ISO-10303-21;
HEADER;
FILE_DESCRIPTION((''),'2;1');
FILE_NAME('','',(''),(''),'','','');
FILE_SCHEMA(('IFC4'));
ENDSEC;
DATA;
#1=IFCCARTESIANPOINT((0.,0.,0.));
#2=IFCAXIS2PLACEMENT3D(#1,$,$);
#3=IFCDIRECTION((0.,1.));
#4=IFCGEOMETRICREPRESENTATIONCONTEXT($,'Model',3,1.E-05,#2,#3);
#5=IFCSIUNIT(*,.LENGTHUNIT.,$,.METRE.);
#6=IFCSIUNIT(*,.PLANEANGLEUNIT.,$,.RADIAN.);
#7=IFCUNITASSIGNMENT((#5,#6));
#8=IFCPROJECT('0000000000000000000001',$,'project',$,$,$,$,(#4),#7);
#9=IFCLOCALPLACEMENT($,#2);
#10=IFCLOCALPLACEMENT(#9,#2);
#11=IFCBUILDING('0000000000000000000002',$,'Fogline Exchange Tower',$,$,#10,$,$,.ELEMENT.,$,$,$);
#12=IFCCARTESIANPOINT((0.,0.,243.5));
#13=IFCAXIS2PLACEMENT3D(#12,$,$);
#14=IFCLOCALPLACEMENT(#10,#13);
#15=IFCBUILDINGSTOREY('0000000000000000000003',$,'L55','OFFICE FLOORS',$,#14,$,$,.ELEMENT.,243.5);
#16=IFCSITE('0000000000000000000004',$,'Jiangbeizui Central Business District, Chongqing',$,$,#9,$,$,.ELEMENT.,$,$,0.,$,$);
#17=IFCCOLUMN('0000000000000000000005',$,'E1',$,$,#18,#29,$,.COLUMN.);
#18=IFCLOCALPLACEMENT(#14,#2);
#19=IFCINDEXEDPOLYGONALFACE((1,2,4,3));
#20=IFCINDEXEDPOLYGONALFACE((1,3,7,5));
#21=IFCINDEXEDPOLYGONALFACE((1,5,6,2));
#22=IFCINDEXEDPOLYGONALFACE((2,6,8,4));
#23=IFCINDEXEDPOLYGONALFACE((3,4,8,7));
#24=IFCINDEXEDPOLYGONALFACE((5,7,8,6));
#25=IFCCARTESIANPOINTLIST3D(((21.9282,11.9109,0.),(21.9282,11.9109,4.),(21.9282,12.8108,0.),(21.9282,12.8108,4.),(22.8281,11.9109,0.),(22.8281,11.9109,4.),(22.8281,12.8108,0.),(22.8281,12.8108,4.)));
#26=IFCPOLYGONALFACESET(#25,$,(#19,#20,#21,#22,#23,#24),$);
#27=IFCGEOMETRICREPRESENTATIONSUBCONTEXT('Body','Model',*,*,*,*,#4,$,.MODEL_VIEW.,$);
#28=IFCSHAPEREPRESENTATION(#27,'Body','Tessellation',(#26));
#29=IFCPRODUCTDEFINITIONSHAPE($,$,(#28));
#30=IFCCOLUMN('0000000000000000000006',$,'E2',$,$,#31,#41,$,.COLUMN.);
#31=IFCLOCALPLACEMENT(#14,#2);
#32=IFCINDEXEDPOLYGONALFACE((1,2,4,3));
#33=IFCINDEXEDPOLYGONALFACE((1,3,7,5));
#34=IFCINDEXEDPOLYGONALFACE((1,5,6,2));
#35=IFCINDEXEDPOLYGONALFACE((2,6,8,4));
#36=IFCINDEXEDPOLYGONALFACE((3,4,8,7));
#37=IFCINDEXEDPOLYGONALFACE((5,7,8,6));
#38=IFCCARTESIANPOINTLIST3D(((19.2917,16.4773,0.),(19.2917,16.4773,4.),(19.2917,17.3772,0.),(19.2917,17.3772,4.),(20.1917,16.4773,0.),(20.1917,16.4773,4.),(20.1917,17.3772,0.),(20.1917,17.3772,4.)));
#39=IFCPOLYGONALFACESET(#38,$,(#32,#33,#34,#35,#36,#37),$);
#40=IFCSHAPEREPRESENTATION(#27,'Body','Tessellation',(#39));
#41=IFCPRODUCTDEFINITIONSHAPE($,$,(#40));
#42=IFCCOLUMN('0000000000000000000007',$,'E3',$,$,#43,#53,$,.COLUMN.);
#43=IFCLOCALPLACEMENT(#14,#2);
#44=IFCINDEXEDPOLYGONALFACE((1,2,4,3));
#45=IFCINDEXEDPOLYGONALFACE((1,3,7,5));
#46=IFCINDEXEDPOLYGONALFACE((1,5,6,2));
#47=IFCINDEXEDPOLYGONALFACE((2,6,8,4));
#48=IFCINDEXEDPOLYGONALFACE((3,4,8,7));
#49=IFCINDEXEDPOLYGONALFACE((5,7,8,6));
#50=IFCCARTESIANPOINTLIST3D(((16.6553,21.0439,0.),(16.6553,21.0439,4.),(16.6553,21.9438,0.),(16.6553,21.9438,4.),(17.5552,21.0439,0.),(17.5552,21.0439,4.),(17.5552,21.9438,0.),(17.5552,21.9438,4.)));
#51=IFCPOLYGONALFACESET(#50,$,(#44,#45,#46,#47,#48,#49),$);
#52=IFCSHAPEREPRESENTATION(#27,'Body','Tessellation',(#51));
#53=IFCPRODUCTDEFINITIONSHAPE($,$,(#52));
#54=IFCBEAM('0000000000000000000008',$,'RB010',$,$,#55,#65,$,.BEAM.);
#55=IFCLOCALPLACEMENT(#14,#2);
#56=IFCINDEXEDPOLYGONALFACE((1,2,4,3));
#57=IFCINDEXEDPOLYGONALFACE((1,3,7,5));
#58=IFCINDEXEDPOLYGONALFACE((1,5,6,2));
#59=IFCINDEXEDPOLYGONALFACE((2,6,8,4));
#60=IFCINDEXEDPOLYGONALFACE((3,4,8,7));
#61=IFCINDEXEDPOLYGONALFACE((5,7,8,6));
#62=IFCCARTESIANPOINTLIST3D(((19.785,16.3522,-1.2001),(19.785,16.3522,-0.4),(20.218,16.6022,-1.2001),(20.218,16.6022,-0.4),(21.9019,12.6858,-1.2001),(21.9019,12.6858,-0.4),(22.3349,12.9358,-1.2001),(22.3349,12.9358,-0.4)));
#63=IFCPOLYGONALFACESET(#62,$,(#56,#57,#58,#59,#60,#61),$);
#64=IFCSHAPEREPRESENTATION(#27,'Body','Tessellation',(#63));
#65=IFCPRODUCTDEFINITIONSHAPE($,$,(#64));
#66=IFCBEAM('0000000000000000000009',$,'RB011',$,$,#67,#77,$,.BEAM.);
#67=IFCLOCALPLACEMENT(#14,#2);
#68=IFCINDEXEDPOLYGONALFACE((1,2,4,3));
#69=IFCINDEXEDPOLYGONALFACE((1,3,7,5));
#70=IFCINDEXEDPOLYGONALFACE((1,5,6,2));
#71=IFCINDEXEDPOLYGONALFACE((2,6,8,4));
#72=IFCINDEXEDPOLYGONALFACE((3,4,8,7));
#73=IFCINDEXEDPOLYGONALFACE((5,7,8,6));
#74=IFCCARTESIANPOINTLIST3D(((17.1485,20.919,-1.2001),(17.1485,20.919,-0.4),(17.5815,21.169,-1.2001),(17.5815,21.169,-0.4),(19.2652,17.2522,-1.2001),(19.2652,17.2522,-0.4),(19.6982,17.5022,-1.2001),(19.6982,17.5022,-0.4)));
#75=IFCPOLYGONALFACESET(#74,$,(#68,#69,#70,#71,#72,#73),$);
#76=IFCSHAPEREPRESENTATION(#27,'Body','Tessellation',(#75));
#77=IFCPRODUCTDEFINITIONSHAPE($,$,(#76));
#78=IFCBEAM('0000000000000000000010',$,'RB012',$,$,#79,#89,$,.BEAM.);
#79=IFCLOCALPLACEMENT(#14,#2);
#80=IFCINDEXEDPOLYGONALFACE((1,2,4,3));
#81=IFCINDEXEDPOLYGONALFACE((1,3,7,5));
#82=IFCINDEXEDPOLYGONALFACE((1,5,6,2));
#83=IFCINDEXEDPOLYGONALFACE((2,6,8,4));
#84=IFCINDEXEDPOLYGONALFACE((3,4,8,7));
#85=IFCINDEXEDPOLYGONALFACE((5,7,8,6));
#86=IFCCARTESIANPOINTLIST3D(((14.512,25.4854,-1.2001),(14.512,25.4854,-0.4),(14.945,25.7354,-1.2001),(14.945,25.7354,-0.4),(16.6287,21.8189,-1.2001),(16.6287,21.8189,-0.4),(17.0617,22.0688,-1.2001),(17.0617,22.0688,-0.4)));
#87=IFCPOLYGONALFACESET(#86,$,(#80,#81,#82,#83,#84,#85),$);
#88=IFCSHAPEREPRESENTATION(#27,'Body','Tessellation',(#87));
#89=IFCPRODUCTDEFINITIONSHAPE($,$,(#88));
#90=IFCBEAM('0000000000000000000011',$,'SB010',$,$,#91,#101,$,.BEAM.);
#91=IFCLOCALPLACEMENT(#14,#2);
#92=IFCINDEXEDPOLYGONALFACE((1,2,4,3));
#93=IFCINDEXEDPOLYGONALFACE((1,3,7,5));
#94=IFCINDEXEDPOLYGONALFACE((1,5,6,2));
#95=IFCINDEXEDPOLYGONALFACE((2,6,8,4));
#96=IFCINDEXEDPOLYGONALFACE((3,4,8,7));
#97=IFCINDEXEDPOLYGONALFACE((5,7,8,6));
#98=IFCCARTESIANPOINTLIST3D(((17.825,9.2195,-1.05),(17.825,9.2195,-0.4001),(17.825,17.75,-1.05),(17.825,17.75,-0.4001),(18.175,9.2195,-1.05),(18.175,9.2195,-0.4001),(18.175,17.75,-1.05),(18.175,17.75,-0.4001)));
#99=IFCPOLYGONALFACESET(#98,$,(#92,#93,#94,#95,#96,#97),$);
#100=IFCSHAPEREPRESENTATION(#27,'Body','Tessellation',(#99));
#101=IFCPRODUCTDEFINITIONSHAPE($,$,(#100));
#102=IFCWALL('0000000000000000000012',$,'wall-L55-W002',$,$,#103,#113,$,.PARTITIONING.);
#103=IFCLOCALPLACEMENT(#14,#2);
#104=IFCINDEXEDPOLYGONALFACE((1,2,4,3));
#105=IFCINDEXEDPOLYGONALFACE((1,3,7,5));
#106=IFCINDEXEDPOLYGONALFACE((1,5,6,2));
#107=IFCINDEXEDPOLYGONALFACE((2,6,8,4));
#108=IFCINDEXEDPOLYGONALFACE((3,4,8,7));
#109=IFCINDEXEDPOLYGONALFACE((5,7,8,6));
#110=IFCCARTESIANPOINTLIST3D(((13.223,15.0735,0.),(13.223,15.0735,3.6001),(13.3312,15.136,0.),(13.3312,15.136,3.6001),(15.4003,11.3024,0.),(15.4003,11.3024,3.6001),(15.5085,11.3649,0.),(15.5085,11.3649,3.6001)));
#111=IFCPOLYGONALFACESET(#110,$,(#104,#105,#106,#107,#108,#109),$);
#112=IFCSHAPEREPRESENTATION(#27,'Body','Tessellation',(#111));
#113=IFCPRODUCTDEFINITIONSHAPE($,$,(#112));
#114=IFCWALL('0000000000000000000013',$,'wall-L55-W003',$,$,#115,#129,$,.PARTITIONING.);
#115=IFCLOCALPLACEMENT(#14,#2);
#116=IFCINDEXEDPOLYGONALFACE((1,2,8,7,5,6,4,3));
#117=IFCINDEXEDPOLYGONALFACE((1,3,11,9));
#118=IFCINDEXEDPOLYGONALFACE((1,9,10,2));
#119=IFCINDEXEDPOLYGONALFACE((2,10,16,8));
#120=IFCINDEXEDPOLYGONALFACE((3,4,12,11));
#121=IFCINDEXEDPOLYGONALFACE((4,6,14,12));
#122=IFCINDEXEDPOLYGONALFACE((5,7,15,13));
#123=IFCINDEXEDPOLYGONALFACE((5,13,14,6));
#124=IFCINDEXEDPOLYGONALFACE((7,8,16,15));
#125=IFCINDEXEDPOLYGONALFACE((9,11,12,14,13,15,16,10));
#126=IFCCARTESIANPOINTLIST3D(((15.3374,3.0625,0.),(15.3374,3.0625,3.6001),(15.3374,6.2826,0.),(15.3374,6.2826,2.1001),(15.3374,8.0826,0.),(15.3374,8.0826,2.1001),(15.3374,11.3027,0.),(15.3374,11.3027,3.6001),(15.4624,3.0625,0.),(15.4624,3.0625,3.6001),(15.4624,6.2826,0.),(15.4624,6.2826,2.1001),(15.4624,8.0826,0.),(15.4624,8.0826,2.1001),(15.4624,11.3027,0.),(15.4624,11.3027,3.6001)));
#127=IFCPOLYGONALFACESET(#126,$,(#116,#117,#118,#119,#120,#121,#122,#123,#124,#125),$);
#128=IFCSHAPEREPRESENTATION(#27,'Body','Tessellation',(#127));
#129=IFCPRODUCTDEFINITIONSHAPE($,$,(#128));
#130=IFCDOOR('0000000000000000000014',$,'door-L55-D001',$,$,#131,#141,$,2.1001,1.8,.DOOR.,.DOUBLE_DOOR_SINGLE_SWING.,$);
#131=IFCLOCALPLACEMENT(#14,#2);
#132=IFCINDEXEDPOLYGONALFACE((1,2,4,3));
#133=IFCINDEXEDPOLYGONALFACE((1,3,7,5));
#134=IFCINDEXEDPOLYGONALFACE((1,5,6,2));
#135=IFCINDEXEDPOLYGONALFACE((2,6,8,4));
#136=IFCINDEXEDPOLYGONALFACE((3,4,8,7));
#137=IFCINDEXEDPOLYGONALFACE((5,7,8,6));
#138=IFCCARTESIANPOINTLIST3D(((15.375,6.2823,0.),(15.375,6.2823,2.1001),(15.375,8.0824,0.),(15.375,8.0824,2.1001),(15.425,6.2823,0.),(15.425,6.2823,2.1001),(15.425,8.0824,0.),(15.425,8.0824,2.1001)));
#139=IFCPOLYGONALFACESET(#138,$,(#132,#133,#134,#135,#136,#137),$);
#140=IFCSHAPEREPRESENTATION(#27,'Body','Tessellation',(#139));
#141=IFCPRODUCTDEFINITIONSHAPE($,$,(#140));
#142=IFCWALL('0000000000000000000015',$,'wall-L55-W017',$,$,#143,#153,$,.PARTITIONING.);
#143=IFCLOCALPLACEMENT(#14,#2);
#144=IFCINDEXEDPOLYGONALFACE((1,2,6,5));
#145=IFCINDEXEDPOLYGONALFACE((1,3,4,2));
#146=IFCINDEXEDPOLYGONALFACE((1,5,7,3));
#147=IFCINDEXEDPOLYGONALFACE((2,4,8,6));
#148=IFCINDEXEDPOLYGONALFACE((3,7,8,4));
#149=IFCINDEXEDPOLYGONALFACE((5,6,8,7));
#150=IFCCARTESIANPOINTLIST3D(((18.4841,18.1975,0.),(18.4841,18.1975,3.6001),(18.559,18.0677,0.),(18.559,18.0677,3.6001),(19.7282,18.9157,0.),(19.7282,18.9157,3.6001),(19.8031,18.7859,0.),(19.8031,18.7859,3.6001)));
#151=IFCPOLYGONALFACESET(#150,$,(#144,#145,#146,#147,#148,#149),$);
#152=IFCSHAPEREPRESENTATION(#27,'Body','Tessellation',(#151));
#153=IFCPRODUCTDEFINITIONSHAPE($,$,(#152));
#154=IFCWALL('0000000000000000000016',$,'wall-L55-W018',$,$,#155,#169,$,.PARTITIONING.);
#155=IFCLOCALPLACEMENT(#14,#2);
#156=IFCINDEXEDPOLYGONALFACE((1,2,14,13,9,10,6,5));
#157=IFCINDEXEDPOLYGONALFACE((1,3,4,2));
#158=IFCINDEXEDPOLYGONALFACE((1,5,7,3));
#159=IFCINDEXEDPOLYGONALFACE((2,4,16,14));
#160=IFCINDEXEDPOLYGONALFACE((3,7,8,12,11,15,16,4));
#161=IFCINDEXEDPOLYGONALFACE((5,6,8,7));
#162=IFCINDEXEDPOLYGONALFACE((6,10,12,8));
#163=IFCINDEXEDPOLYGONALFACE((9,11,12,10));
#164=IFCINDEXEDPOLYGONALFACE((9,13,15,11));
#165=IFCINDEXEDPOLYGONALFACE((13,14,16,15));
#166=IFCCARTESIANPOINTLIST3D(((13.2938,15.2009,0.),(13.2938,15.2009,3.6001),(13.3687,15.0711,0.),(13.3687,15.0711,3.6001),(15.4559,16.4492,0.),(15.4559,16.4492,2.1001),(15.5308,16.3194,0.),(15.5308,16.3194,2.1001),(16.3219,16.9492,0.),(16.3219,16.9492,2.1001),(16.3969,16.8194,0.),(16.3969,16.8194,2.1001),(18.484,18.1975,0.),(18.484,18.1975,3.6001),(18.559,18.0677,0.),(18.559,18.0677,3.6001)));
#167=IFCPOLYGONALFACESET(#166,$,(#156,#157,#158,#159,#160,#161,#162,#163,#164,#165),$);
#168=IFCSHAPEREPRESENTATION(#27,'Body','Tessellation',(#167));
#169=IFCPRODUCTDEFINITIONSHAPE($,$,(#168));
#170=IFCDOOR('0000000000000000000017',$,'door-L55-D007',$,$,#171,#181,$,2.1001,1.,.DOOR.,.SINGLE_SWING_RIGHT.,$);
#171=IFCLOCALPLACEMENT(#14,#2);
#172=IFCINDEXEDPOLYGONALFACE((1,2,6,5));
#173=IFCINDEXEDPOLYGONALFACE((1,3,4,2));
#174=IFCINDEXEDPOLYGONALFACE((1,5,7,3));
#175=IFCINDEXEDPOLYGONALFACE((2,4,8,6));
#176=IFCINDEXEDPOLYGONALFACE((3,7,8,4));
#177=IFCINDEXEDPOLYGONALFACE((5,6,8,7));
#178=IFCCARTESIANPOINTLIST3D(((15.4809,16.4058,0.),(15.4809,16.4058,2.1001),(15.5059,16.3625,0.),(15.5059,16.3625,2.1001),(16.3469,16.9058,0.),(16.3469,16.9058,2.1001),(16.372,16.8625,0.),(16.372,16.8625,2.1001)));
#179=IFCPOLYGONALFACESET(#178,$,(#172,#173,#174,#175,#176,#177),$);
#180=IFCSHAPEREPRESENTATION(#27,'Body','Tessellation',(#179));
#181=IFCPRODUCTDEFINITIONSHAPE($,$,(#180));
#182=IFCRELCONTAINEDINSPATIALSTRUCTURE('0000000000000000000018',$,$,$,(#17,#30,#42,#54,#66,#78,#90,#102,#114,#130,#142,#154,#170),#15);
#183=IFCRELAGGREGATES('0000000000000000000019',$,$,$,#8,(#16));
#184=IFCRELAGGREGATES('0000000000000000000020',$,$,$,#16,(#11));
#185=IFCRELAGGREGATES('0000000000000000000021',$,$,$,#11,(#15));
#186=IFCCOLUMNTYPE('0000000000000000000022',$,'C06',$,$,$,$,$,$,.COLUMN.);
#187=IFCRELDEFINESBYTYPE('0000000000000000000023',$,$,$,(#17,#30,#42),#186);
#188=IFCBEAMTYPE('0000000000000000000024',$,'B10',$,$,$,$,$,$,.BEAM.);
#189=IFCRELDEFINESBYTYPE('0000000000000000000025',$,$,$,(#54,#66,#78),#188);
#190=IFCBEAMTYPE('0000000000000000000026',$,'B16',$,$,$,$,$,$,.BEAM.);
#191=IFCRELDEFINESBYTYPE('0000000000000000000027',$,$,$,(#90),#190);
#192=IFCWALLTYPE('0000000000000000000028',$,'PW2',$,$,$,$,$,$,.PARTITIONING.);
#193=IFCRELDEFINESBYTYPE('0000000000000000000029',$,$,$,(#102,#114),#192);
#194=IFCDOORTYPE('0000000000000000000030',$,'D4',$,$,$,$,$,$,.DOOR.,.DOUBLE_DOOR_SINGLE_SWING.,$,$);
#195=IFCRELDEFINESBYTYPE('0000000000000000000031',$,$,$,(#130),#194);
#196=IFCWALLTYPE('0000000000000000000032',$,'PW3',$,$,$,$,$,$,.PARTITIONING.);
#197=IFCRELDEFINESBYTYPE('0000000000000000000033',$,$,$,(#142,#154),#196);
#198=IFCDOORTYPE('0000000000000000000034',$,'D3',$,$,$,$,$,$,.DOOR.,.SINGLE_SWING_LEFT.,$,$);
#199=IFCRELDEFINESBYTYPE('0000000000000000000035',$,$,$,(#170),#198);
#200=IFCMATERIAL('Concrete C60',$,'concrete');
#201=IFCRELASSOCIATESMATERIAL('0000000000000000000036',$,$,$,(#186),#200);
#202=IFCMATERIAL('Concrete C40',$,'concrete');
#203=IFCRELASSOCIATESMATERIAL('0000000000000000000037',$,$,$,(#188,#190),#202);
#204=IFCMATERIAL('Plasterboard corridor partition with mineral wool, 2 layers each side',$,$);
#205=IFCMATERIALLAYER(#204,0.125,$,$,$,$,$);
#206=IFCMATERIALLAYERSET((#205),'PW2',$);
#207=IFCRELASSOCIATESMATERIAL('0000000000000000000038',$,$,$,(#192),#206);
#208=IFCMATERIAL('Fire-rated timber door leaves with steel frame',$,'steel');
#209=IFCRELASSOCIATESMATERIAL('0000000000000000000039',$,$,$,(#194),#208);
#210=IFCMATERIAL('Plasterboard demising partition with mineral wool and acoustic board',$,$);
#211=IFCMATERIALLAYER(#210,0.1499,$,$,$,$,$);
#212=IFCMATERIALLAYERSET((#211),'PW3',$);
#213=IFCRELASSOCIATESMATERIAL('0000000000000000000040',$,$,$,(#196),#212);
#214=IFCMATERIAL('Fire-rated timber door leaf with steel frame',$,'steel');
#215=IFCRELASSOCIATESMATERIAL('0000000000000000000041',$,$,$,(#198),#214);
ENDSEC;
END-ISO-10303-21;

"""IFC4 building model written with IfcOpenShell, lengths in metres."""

from ifc_helpers import new_model, si_unit, direction, frame, frame_2d, origin, origin_2d, place, context, subcontext, project, spatial, rectangle, extrude, material, layer, layer_set, material_profile, profile_set, type_object, element, fill, save


model = new_model("IFC4")

# Units and contexts
model_context = context("Model", 3, precision=1e-05, world=origin(), true_north=direction((0.0, 1.0)))
body_context = subcontext(model_context, "Body", "Model", "MODEL_VIEW")
ifc_project = project(units=[si_unit("LENGTHUNIT", "METRE"), si_unit("PLANEANGLEUNIT", "RADIAN")], contexts=[model_context])

# Site, building, storey
site_placement = place(None, origin())
site = spatial("IfcSite", under=ifc_project, at=site_placement, Name="Jiangbeizui Central Business District, Chongqing", CompositionType="ELEMENT", RefElevation=0.0)
building_placement = place(site_placement, origin())
building = spatial("IfcBuilding", under=site, at=building_placement, Name="Fogline Exchange Tower", CompositionType="ELEMENT")
storey_placement = place(building_placement, frame((0.0, 0.0, 243.5)))
storey = spatial("IfcBuildingStorey", under=building, at=storey_placement, Name="L55", Description="OFFICE FLOORS", CompositionType="ELEMENT", Elevation=243.5)

# Columns
ifc_material_1 = material(Name="Concrete C60", Category="concrete")
ifc_material_profile_1 = material_profile(ifc_material_1, rectangle(XDim=0.8999, YDim=0.8999, at=origin_2d()), Name="RC 900x900")
ifc_profile_set_1 = profile_set([ifc_material_profile_1], Name="Concrete C60")
column_type = type_object("IfcColumnType", Name="C06", PredefinedType="COLUMN", material=ifc_profile_set_1)
for number, where, z_axis, x_axis, name in (
    (1, (22.3782, 12.3608, 0.0), (0.0, 0.0, 1.0), (1.0, 0.0, 0.0), "E1"),
    (2, (19.7417, 16.9272, 0.0), (0.0, 0.0, 1.0), (1.0, 0.0, 0.0), "E2"),
    (3, (17.1052, 21.4939, 0.0), (0.0, 0.0, 1.0), (1.0, 0.0, 0.0), "E3"),
):
    element("IfcColumn", number, at=place(storey_placement, frame(where, z_axis=z_axis, x_axis=x_axis)), inside=storey, type_object=column_type, Name=name, PredefinedType="COLUMN", context=body_context, shape_type="SweptSolid", body=[
        extrude(rectangle(XDim=0.8999, YDim=0.8999, at=origin_2d()), origin(), (0.0, 0.0, 1.0), 4.0),
    ])

# Beams
ifc_material_2 = material(Name="Concrete C40", Category="concrete")
ifc_material_profile_2 = material_profile(ifc_material_2, rectangle(XDim=0.5, YDim=0.8, at=origin_2d()), Name="RC 500x800")
ifc_profile_set_2 = profile_set([ifc_material_profile_2], Name="Concrete C40")
beam_type_1 = type_object("IfcBeamType", Name="B10", PredefinedType="BEAM", material=ifc_profile_set_2)
beam_1_placement = place(storey_placement, frame((22.1184, 12.8108, -0.8), z_axis=(-0.500015, 0.866017, 0.0), x_axis=(-0.866017, -0.500015, 0.0)))
element("IfcBeam", 4, at=beam_1_placement, inside=storey, type_object=beam_type_1, Name="RB010", PredefinedType="BEAM", context=body_context, shape_type="SweptSolid", body=[
    extrude(rectangle(XDim=0.5, YDim=0.8, at=origin_2d()), origin(), (0.0, 0.0, 1.0), 4.2336),
])
beam_2_placement = place(storey_placement, frame((19.4817, 17.3772, -0.8), z_axis=(-0.499947, 0.866056, 0.0), x_axis=(-0.866056, -0.499947, 0.0)))
element("IfcBeam", 5, at=beam_2_placement, inside=storey, type_object=beam_type_1, Name="RB011", PredefinedType="BEAM", context=body_context, shape_type="SweptSolid", body=[
    extrude(rectangle(XDim=0.5, YDim=0.8, at=origin_2d()), origin(), (0.0, 0.0, 1.0), 4.2339),
])
beam_3_placement = place(storey_placement, frame((16.8452, 21.9438, -0.8), z_axis=(-0.499972, 0.866042, 0.0), x_axis=(-0.866042, -0.499972, 0.0)))
element("IfcBeam", 6, at=beam_3_placement, inside=storey, type_object=beam_type_1, Name="RB012", PredefinedType="BEAM", context=body_context, shape_type="SweptSolid", body=[
    extrude(rectangle(XDim=0.5, YDim=0.8, at=origin_2d()), origin(), (0.0, 0.0, 1.0), 4.2336),
])
ifc_material_profile_3 = material_profile(ifc_material_2, rectangle(XDim=0.3501, YDim=0.6499, at=origin_2d()), Name="RC 350x650")
ifc_profile_set_3 = profile_set([ifc_material_profile_3], Name="Concrete C40")
beam_type_2 = type_object("IfcBeamType", Name="B16", PredefinedType="BEAM", material=ifc_profile_set_3)
beam_4_placement = place(storey_placement, frame((18.0, 9.2195, -0.7251), z_axis=(0.0, 1.0, 0.0), x_axis=(-1.0, 0.0, 0.0)))
element("IfcBeam", 7, at=beam_4_placement, inside=storey, type_object=beam_type_2, Name="SB010", PredefinedType="BEAM", context=body_context, shape_type="SweptSolid", body=[
    extrude(rectangle(XDim=0.3501, YDim=0.6499, at=origin_2d()), origin(), (0.0, 0.0, 1.0), 8.5305),
])

# Wall
ifc_material_3 = material(Name="Plasterboard corridor partition with mineral wool, 2 layers each side")
ifc_layer_1 = layer(ifc_material_3, 0.125)
ifc_layer_set_1 = layer_set([ifc_layer_1], Name="PW2")
wall_type_1 = type_object("IfcWallType", Name="PW2", PredefinedType="PARTITIONING", material=ifc_layer_set_1)
wall_1_placement = place(storey_placement, frame((13.2771, 15.1047, 0.0), z_axis=(0.0, 0.0, 1.0), x_axis=(0.50001, -0.866019, 0.0)))
element("IfcWall", 8, at=wall_1_placement, inside=storey, type_object=wall_type_1, Name="wall-L55-W002", PredefinedType="PARTITIONING", context=body_context, shape_type="SweptSolid", body=[
    extrude(rectangle(XDim=4.3545, YDim=0.125, at=frame_2d((2.1772, 0.0))), origin(), (0.0, 0.0, 1.0), 3.6001),
])

# Wall, opening, door
wall_2_placement = place(storey_placement, frame((15.3999, 11.3027, 0.0), z_axis=(0.0, 0.0, 1.0), x_axis=(0.0, -1.0, 0.0)))
wall_2 = element("IfcWall", 9, at=wall_2_placement, inside=storey, type_object=wall_type_1, Name="wall-L55-W003", PredefinedType="PARTITIONING", context=body_context, shape_type="SweptSolid", body=[
    extrude(rectangle(XDim=8.2402, YDim=0.125, at=frame_2d((4.1201, 0.0))), origin(), (0.0, 0.0, 1.0), 3.6001),
])
opening_1_placement = place(wall_2_placement, frame((3.2202, 0.0, 0.0)))
opening_1 = element("IfcOpeningElement", 10, at=opening_1_placement, cuts=wall_2, PredefinedType="OPENING", context=body_context, shape_type="SweptSolid", body=[
    extrude(rectangle(XDim=1.8, YDim=2.1001, at=frame_2d((0.8999, 1.05))), frame((0.0, 0.0725, 0.0), z_axis=(0.0, -1.0, 0.0), x_axis=(1.0, 0.0, 0.0)), (0.0, 0.0, 1.0), 0.145),
])
ifc_material_4 = material(Name="Fire-rated timber door leaves with steel frame", Category="steel")
door_type_1 = type_object("IfcDoorType", Name="D4", OperationType="DOUBLE_DOOR_SINGLE_SWING", PredefinedType="DOOR", material=ifc_material_4)
door_1_placement = place(opening_1_placement, frame((1.8, 0.0, 0.0), z_axis=(0.0, 0.0, 1.0), x_axis=(-1.0, 0.0, 0.0)))
door_1 = element("IfcDoor", 11, at=door_1_placement, inside=storey, type_object=door_type_1, Name="door-L55-D001", OperationType="DOUBLE_DOOR_SINGLE_SWING", OverallHeight=2.1001, OverallWidth=1.8, PredefinedType="DOOR", context=body_context, shape_type="SweptSolid", body=[
    extrude(rectangle(XDim=1.8, YDim=2.1001, at=frame_2d((0.8999, 1.05))), frame((0.0, 0.0249, 0.0), z_axis=(0.0, -1.0, 0.0), x_axis=(1.0, 0.0, 0.0)), (0.0, 0.0, 1.0), 0.05),
])
fill(opening_1, door_1)

# Wall
ifc_material_5 = material(Name="Plasterboard demising partition with mineral wool and acoustic board")
ifc_layer_2 = layer(ifc_material_5, 0.1499)
ifc_layer_set_2 = layer_set([ifc_layer_2], Name="PW3")
wall_type_2 = type_object("IfcWallType", Name="PW3", PredefinedType="PARTITIONING", material=ifc_layer_set_2)
wall_3_placement = place(storey_placement, frame((19.7656, 18.8508, 0.0), z_axis=(0.0, 0.0, 1.0), x_axis=(-0.866038, -0.499977, 0.0)))
element("IfcWall", 12, at=wall_3_placement, inside=storey, type_object=wall_type_2, Name="wall-L55-W017", PredefinedType="PARTITIONING", context=body_context, shape_type="SweptSolid", body=[
    extrude(rectangle(XDim=1.4365, YDim=0.1499, at=frame_2d((0.7183, 0.0))), origin(), (0.0, 0.0, 1.0), 3.6001),
])

# Wall, opening, door
wall_4_placement = place(storey_placement, frame((18.5215, 18.1326, 0.0), z_axis=(0.0, 0.0, 1.0), x_axis=(-0.866023, -0.500003, 0.0)))
wall_4 = element("IfcWall", 13, at=wall_4_placement, inside=storey, type_object=wall_type_2, Name="wall-L55-W018", PredefinedType="PARTITIONING", context=body_context, shape_type="SweptSolid", body=[
    extrude(rectangle(XDim=5.9932, YDim=0.1499, at=frame_2d((2.9966, 0.0))), origin(), (0.0, 0.0, 1.0), 3.6001),
])
opening_2_placement = place(wall_4_placement, frame((2.4966, 0.0, 0.0)))
opening_2 = element("IfcOpeningElement", 14, at=opening_2_placement, cuts=wall_4, PredefinedType="OPENING", context=body_context, shape_type="SweptSolid", body=[
    extrude(rectangle(XDim=1.0, YDim=2.1001, at=frame_2d((0.5, 1.05))), frame((0.0, 0.085, 0.0), z_axis=(0.0, -1.0, 0.0), x_axis=(1.0, 0.0, 0.0)), (0.0, 0.0, 1.0), 0.1699),
])
ifc_material_6 = material(Name="Fire-rated timber door leaf with steel frame", Category="steel")
door_type_2 = type_object("IfcDoorType", Name="D3", OperationType="SINGLE_SWING_LEFT", PredefinedType="DOOR", material=ifc_material_6)
door_2_placement = place(opening_2_placement, frame((1.0, 0.0, 0.0), z_axis=(0.0, 0.0, 1.0), x_axis=(-1.0, 0.0, 0.0)))
door_2 = element("IfcDoor", 15, at=door_2_placement, inside=storey, type_object=door_type_2, Name="door-L55-D007", OperationType="SINGLE_SWING_RIGHT", OverallHeight=2.1001, OverallWidth=1.0, PredefinedType="DOOR", context=body_context, shape_type="SweptSolid", body=[
    extrude(rectangle(XDim=1.0, YDim=2.1001, at=frame_2d((0.5, 1.05))), frame((0.0, 0.0249, 0.0), z_axis=(0.0, -1.0, 0.0), x_axis=(1.0, 0.0, 0.0)), (0.0, 0.0, 1.0), 0.05),
])
fill(opening_2, door_2)

save(model, "model.ifc")
